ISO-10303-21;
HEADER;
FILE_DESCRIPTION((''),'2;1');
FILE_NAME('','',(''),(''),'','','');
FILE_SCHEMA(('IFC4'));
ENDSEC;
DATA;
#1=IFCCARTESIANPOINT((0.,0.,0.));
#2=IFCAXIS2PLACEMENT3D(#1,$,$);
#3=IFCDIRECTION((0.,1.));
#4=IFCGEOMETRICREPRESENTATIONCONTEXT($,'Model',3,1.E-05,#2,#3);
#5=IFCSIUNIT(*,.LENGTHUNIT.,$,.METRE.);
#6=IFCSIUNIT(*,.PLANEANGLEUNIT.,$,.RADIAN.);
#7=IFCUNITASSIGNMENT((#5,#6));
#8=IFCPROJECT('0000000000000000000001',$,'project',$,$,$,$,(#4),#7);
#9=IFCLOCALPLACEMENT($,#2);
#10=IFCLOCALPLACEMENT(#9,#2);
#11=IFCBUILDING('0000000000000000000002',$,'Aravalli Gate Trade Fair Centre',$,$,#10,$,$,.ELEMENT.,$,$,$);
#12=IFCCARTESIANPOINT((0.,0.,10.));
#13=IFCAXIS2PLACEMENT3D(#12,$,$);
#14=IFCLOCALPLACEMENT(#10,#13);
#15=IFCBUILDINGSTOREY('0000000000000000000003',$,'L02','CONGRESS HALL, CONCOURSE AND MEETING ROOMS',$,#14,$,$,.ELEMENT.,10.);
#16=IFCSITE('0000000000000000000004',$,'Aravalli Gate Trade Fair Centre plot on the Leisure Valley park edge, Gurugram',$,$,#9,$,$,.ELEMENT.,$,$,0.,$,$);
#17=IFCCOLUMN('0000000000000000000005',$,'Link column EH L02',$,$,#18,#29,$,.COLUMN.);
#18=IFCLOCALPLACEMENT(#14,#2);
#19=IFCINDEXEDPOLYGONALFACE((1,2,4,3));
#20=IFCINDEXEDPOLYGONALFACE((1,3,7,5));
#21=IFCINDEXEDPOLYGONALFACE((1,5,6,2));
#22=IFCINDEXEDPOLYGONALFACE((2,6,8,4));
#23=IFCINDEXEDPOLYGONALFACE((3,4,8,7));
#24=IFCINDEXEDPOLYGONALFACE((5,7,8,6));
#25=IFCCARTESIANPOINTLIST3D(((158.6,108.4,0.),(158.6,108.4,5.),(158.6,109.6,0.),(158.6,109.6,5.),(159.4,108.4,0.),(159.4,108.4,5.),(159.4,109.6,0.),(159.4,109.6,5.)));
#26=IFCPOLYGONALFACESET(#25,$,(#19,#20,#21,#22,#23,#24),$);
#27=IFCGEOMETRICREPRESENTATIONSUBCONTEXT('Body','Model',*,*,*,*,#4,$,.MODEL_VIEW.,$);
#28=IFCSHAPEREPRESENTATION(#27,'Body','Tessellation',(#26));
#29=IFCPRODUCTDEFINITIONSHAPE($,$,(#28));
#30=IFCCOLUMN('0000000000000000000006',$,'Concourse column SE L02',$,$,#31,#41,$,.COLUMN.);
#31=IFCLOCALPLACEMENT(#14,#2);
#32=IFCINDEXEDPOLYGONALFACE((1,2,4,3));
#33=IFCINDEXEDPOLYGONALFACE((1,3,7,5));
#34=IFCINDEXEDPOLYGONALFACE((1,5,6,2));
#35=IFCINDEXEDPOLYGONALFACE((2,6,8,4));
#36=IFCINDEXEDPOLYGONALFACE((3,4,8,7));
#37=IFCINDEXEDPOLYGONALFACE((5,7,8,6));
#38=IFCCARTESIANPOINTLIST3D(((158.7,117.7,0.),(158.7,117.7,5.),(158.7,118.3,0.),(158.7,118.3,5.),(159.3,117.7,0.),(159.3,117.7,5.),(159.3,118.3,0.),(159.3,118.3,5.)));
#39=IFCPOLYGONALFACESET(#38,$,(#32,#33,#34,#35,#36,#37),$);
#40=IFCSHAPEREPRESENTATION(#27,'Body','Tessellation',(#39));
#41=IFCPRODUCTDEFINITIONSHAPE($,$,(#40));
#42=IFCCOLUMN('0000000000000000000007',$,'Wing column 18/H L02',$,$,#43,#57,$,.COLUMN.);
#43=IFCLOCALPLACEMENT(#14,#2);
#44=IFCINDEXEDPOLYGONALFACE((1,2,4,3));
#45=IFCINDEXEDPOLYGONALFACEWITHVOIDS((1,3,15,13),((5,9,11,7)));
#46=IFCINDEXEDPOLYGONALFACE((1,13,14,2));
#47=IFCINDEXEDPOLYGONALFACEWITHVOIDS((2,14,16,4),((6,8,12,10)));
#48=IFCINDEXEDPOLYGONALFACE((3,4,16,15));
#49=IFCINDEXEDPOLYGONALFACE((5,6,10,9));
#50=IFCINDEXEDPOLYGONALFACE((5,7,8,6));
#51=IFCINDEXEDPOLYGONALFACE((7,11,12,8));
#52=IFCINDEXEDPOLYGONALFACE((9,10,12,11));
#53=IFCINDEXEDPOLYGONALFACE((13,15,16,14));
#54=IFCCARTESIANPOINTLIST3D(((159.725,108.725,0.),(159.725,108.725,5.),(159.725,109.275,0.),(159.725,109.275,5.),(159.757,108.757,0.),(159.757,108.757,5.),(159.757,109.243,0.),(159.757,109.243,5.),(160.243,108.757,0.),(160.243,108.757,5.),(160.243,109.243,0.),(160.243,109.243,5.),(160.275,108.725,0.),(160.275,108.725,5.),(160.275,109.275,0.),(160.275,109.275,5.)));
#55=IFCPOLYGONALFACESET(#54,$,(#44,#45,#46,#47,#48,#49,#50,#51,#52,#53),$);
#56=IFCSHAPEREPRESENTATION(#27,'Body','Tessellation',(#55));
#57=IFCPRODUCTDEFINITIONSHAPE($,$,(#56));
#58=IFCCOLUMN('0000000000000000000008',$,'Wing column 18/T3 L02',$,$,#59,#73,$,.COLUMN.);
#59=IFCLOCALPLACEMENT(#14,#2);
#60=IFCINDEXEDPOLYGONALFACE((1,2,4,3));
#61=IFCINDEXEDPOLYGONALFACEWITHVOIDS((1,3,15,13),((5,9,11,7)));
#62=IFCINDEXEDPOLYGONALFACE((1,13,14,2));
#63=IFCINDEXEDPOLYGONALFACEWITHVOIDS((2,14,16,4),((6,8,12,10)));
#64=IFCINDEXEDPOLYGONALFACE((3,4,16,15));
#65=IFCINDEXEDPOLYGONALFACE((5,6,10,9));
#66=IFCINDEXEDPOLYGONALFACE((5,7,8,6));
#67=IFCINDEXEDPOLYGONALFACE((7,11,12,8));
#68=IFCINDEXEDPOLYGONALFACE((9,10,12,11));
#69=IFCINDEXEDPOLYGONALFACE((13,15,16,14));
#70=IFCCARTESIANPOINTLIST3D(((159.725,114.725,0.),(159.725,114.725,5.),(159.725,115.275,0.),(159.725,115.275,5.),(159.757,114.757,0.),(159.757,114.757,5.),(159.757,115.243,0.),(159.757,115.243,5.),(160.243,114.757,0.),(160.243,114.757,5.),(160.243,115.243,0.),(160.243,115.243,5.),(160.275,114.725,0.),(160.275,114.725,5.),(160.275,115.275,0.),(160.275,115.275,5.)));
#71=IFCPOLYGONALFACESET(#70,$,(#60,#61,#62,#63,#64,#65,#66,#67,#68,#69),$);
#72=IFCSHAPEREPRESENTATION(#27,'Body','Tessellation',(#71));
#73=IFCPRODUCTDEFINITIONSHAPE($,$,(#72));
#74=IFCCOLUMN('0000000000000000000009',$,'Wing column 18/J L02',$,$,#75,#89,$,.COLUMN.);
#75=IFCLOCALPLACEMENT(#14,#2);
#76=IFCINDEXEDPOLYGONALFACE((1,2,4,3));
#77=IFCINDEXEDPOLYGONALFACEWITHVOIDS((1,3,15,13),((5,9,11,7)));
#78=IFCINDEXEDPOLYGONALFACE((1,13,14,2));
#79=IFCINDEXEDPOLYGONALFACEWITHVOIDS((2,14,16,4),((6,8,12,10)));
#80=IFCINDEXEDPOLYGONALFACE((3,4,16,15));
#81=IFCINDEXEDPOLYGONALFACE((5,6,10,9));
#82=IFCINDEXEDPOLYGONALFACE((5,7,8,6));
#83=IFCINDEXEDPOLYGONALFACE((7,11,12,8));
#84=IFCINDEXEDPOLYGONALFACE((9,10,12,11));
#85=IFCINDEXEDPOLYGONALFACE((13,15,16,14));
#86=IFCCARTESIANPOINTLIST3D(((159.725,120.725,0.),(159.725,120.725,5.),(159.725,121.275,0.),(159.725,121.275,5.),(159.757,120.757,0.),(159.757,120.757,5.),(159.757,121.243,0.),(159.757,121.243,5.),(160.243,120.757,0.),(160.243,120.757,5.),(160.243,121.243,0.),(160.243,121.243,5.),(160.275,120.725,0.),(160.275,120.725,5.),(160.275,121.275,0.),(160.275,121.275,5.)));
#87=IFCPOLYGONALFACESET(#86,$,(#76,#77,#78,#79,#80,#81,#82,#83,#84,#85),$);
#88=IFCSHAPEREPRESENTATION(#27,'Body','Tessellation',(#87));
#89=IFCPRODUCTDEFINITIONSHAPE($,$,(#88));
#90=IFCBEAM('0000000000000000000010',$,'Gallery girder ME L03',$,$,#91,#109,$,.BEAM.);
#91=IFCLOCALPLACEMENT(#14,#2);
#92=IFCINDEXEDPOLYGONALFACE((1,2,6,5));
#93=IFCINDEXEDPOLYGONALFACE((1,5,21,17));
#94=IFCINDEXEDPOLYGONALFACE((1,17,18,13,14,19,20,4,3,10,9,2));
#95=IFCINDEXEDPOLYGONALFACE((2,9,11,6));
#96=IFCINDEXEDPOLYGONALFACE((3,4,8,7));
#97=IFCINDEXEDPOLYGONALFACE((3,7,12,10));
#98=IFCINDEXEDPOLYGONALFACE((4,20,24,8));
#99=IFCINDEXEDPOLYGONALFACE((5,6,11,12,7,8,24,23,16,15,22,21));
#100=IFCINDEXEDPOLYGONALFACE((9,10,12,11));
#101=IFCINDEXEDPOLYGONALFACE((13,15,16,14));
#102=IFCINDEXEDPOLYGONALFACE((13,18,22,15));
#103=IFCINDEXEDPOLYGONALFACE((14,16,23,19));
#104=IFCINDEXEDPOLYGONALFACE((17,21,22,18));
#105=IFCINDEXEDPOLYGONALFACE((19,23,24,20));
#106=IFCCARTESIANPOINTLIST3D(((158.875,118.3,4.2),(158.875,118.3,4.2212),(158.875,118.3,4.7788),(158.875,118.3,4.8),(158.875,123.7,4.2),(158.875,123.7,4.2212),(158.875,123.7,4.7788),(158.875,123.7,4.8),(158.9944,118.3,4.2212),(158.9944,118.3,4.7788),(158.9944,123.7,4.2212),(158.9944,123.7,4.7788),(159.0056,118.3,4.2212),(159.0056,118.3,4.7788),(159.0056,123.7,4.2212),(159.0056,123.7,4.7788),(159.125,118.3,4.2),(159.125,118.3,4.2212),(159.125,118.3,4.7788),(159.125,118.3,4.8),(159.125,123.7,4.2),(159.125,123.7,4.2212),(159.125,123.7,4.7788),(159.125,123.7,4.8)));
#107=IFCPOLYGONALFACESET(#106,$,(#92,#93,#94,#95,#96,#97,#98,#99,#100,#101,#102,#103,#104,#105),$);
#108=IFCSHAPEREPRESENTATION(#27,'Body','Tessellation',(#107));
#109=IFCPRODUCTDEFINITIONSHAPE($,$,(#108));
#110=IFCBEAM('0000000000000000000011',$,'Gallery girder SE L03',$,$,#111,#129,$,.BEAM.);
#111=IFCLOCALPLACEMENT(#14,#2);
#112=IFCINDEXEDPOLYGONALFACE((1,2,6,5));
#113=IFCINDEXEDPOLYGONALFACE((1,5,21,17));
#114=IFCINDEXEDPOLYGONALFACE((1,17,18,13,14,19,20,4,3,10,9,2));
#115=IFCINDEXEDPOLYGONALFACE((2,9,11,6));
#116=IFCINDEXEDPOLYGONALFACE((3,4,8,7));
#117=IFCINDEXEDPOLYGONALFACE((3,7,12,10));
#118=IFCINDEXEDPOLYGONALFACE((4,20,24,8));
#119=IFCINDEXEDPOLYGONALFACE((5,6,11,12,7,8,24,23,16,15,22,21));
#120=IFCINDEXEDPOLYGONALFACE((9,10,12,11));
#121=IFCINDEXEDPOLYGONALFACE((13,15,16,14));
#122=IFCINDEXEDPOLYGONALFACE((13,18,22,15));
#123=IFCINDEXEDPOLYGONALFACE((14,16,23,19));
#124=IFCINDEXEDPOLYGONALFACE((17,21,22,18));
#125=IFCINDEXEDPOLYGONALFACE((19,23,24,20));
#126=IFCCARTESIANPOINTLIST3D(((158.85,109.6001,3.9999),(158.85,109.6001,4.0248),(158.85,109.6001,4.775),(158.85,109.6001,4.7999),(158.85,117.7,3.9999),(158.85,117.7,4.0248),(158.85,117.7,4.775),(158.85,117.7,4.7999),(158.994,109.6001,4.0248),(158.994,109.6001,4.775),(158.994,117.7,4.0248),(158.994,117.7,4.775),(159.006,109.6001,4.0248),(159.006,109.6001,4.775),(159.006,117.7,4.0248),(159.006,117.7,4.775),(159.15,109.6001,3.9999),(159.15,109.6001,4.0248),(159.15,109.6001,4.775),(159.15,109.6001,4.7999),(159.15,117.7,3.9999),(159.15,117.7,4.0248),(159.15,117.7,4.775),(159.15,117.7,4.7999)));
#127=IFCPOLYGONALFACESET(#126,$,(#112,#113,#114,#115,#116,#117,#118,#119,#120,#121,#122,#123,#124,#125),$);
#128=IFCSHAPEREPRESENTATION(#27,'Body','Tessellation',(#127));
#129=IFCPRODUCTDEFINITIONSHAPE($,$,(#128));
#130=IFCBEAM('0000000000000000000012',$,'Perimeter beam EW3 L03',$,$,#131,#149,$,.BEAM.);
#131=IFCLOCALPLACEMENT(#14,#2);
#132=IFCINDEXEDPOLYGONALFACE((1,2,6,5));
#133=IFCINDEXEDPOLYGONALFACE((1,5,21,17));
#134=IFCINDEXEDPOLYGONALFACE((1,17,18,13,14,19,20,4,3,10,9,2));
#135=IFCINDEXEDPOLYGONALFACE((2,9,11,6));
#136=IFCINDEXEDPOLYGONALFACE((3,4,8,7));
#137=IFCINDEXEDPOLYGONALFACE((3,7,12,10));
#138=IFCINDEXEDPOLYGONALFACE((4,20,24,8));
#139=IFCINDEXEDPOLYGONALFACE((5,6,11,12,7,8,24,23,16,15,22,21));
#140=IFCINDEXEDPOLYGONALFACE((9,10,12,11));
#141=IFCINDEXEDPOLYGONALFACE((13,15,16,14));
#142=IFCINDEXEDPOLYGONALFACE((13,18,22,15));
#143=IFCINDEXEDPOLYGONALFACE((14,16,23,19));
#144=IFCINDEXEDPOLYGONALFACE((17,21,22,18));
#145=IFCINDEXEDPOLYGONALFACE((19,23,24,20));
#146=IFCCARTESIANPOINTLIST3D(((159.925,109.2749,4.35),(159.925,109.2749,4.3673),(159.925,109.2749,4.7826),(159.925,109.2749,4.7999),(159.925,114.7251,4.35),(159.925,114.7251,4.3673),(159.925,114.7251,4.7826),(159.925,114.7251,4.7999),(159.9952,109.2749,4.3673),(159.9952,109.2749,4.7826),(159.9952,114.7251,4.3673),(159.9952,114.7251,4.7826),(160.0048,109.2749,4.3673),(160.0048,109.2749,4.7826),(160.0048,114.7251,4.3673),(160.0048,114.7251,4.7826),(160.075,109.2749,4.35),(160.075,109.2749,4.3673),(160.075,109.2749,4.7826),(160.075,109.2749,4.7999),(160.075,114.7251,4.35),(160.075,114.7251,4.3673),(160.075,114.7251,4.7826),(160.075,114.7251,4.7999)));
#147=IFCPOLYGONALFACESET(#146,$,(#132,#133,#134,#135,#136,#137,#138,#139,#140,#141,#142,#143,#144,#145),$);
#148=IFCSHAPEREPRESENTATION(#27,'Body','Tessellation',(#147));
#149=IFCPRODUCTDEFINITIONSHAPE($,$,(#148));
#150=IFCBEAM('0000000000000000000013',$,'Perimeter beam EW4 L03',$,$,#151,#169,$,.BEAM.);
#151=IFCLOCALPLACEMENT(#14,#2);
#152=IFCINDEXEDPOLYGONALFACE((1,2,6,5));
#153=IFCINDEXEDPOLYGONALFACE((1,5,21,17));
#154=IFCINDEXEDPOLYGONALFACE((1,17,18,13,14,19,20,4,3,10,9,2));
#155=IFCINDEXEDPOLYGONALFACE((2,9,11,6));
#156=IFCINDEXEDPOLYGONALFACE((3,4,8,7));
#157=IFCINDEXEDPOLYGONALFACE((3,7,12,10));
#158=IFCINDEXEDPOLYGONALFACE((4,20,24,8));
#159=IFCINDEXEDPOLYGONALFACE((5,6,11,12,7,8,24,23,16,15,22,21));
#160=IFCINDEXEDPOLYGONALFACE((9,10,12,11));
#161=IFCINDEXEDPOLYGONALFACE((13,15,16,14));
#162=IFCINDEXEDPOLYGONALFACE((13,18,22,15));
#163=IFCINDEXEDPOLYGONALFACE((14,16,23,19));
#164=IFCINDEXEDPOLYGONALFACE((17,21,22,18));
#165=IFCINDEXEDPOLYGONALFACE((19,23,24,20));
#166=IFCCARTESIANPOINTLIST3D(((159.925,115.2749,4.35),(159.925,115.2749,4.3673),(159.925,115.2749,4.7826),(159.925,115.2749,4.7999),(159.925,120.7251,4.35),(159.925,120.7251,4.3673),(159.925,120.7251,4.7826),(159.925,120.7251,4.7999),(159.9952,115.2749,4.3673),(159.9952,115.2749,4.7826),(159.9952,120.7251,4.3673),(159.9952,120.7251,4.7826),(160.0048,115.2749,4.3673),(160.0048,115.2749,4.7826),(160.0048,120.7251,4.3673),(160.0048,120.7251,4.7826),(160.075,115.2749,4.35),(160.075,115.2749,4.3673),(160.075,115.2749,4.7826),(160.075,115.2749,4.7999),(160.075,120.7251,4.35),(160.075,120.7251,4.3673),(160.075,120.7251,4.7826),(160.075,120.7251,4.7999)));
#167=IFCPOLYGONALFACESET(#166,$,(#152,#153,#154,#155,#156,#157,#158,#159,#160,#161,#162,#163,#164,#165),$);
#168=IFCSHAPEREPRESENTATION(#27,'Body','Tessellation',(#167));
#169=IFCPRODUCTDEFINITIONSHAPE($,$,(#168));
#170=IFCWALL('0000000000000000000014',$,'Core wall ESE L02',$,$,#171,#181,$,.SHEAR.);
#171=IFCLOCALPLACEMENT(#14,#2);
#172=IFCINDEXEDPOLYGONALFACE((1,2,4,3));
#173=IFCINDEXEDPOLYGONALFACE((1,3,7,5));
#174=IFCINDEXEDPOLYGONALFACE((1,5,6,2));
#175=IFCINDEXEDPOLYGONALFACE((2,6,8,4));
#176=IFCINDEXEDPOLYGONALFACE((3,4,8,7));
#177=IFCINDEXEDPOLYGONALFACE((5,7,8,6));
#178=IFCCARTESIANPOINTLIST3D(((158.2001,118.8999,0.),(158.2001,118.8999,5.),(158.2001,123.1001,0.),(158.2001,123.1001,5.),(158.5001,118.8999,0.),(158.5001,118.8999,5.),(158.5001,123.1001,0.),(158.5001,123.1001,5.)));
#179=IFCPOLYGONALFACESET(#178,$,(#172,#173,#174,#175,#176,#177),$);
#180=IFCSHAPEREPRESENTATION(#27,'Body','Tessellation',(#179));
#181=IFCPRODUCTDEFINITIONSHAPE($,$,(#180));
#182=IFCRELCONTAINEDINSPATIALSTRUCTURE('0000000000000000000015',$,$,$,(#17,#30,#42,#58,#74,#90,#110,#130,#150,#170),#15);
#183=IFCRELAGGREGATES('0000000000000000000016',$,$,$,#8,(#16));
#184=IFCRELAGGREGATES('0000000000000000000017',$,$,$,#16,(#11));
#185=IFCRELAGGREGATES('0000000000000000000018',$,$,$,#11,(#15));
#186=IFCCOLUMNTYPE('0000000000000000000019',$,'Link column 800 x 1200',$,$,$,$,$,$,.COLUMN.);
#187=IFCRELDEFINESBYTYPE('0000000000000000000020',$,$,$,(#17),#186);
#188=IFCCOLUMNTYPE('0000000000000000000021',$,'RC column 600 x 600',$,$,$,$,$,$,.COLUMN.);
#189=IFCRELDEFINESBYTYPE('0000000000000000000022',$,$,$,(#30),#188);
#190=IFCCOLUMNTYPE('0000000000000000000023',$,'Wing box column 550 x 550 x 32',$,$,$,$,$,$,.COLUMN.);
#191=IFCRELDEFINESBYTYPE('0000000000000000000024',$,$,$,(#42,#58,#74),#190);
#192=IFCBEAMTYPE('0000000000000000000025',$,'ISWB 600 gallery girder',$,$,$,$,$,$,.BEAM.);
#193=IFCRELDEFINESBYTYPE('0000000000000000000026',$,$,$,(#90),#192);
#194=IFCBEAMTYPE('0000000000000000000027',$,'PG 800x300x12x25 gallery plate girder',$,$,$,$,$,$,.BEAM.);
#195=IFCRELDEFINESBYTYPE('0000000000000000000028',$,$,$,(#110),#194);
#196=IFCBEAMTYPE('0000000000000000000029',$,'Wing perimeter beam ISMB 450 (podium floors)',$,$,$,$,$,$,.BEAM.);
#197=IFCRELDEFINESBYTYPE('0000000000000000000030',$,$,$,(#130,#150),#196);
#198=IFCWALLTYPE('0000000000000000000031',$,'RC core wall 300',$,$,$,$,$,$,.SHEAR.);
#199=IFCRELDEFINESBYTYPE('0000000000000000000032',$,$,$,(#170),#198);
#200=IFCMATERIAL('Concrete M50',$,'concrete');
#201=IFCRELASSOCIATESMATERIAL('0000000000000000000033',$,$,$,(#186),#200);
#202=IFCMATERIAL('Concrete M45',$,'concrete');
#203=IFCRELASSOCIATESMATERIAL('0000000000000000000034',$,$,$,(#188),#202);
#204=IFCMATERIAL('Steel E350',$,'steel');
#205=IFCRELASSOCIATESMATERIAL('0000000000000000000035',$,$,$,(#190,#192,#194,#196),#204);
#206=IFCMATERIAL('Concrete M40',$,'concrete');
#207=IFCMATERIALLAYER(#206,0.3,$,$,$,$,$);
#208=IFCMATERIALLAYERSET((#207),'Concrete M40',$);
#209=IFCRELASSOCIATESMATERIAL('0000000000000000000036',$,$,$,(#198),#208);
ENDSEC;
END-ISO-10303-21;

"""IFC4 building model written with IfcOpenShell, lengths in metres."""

from ifc_helpers import new_model, si_unit, direction, frame, frame_2d, origin, origin_2d, place, context, subcontext, project, spatial, rectangle, hollow_rectangle, i_section, extrude, material, layer, layer_set, material_profile, profile_set, type_object, element, save


model = new_model("IFC4")

# Units and contexts
model_context = context("Model", 3, precision=1e-05, world=origin(), true_north=direction((0.0, 1.0)))
body_context = subcontext(model_context, "Body", "Model", "MODEL_VIEW")
ifc_project = project(units=[si_unit("LENGTHUNIT", "METRE"), si_unit("PLANEANGLEUNIT", "RADIAN")], contexts=[model_context])

# Site, building, storey
site_placement = place(None, origin())
site = spatial("IfcSite", under=ifc_project, at=site_placement, Name="Aravalli Gate Trade Fair Centre plot on the Leisure Valley park edge, Gurugram", CompositionType="ELEMENT", RefElevation=0.0)
building_placement = place(site_placement, origin())
building = spatial("IfcBuilding", under=site, at=building_placement, Name="Aravalli Gate Trade Fair Centre", CompositionType="ELEMENT")
storey_placement = place(building_placement, frame((0.0, 0.0, 10.0)))
storey = spatial("IfcBuildingStorey", under=building, at=storey_placement, Name="L02", Description="CONGRESS HALL, CONCOURSE AND MEETING ROOMS", CompositionType="ELEMENT", Elevation=10.0)

# Columns
ifc_material_1 = material(Name="Concrete M50", Category="concrete")
ifc_material_profile_1 = material_profile(ifc_material_1, rectangle(XDim=0.8, YDim=1.2, at=origin_2d()), Name="Link column 800 x 1200")
ifc_profile_set_1 = profile_set([ifc_material_profile_1], Name="Concrete M50")
column_type_1 = type_object("IfcColumnType", Name="Link column 800 x 1200", PredefinedType="COLUMN", material=ifc_profile_set_1)
column_1_placement = place(storey_placement, frame((159.0, 109.0, 0.0), z_axis=(0.0, 0.0, 1.0), x_axis=(1.0, 0.0, 0.0)))
element("IfcColumn", 1, at=column_1_placement, inside=storey, type_object=column_type_1, Name="Link column EH L02", PredefinedType="COLUMN", context=body_context, shape_type="SweptSolid", body=[
    extrude(rectangle(XDim=0.8, YDim=1.2, at=origin_2d()), origin(), (0.0, 0.0, 1.0), 5.0),
])
ifc_material_2 = material(Name="Concrete M45", Category="concrete")
ifc_material_profile_2 = material_profile(ifc_material_2, rectangle(XDim=0.6001, YDim=0.6001, at=origin_2d()), Name="RC column 600 x 600")
ifc_profile_set_2 = profile_set([ifc_material_profile_2], Name="Concrete M45")
column_type_2 = type_object("IfcColumnType", Name="RC column 600 x 600", PredefinedType="COLUMN", material=ifc_profile_set_2)
column_2_placement = place(storey_placement, frame((159.0, 118.0, 0.0), z_axis=(0.0, 0.0, 1.0), x_axis=(1.0, 0.0, 0.0)))
element("IfcColumn", 2, at=column_2_placement, inside=storey, type_object=column_type_2, Name="Concourse column SE L02", PredefinedType="COLUMN", context=body_context, shape_type="SweptSolid", body=[
    extrude(rectangle(XDim=0.6001, YDim=0.6001, at=origin_2d()), origin(), (0.0, 0.0, 1.0), 5.0),
])
ifc_material_3 = material(Name="Steel E350", Category="steel")
ifc_material_profile_3 = material_profile(ifc_material_3, hollow_rectangle(XDim=0.55, YDim=0.55, WallThickness=0.032, at=origin_2d()), Name="BOX 550x550x32")
ifc_profile_set_3 = profile_set([ifc_material_profile_3], Name="Steel E350")
column_type_3 = type_object("IfcColumnType", Name="Wing box column 550 x 550 x 32", PredefinedType="COLUMN", material=ifc_profile_set_3)
for number, where, z_axis, x_axis, name in (
    (3, (160.0, 109.0, 0.0), (0.0, 0.0, 1.0), (1.0, 0.0, 0.0), "Wing column 18/H L02"),
    (4, (160.0, 115.0, 0.0), (0.0, 0.0, 1.0), (1.0, 0.0, 0.0), "Wing column 18/T3 L02"),
    (5, (160.0, 121.0, 0.0), (0.0, 0.0, 1.0), (1.0, 0.0, 0.0), "Wing column 18/J L02"),
):
    element("IfcColumn", number, at=place(storey_placement, frame(where, z_axis=z_axis, x_axis=x_axis)), inside=storey, type_object=column_type_3, Name=name, PredefinedType="COLUMN", context=body_context, shape_type="SweptSolid", body=[
        extrude(hollow_rectangle(XDim=0.55, YDim=0.55, WallThickness=0.032, at=origin_2d()), origin(), (0.0, 0.0, 1.0), 5.0),
    ])

# Beams
ifc_material_profile_4 = material_profile(ifc_material_3, i_section(OverallWidth=0.25, OverallDepth=0.6001, WebThickness=0.0112, FlangeThickness=0.0212, at=origin_2d()), Name="ISWB 600")
ifc_profile_set_4 = profile_set([ifc_material_profile_4], Name="Steel E350")
beam_type_1 = type_object("IfcBeamType", Name="ISWB 600 gallery girder", PredefinedType="BEAM", material=ifc_profile_set_4)
beam_1_placement = place(storey_placement, frame((159.0, 118.3, 4.5), z_axis=(0.0, 1.0, 0.0), x_axis=(-1.0, 0.0, 0.0)))
element("IfcBeam", 6, at=beam_1_placement, inside=storey, type_object=beam_type_1, Name="Gallery girder ME L03", PredefinedType="BEAM", context=body_context, shape_type="SweptSolid", body=[
    extrude(i_section(OverallWidth=0.25, OverallDepth=0.6001, WebThickness=0.0112, FlangeThickness=0.0212, at=origin_2d()), origin(), (0.0, 0.0, 1.0), 5.3999),
])
ifc_material_profile_5 = material_profile(ifc_material_3, i_section(OverallWidth=0.3, OverallDepth=0.8, WebThickness=0.012, FlangeThickness=0.0249, at=origin_2d()), Name="PG 800x300x12x25")
ifc_profile_set_5 = profile_set([ifc_material_profile_5], Name="Steel E350")
beam_type_2 = type_object("IfcBeamType", Name="PG 800x300x12x25 gallery plate girder", PredefinedType="BEAM", material=ifc_profile_set_5)
beam_2_placement = place(storey_placement, frame((159.0, 109.6001, 4.3999), z_axis=(0.0, 1.0, 0.0), x_axis=(-1.0, 0.0, 0.0)))
element("IfcBeam", 7, at=beam_2_placement, inside=storey, type_object=beam_type_2, Name="Gallery girder SE L03", PredefinedType="BEAM", context=body_context, shape_type="SweptSolid", body=[
    extrude(i_section(OverallWidth=0.3, OverallDepth=0.8, WebThickness=0.012, FlangeThickness=0.0249, at=origin_2d()), origin(), (0.0, 0.0, 1.0), 8.0999),
])
ifc_material_profile_6 = material_profile(ifc_material_3, i_section(OverallWidth=0.1499, OverallDepth=0.45, WebThickness=0.0095, FlangeThickness=0.0173, at=origin_2d()), Name="ISMB 450")
ifc_profile_set_6 = profile_set([ifc_material_profile_6], Name="Steel E350")
beam_type_3 = type_object("IfcBeamType", Name="Wing perimeter beam ISMB 450 (podium floors)", PredefinedType="BEAM", material=ifc_profile_set_6)
for number, where, z_axis, x_axis, name in (
    (8, (160.0, 109.2749, 4.575), (0.0, 1.0, 0.0), (-1.0, 0.0, 0.0), "Perimeter beam EW3 L03"),
    (9, (160.0, 115.2749, 4.575), (0.0, 1.0, 0.0), (-1.0, 0.0, 0.0), "Perimeter beam EW4 L03"),
):
    element("IfcBeam", number, at=place(storey_placement, frame(where, z_axis=z_axis, x_axis=x_axis)), inside=storey, type_object=beam_type_3, Name=name, PredefinedType="BEAM", context=body_context, shape_type="SweptSolid", body=[
        extrude(i_section(OverallWidth=0.1499, OverallDepth=0.45, WebThickness=0.0095, FlangeThickness=0.0173, at=origin_2d()), origin(), (0.0, 0.0, 1.0), 5.4502),
    ])

# Wall
ifc_material_4 = material(Name="Concrete M40", Category="concrete")
ifc_layer_1 = layer(ifc_material_4, 0.3)
ifc_layer_set_1 = layer_set([ifc_layer_1], Name="Concrete M40")
wall_type_1 = type_object("IfcWallType", Name="RC core wall 300", PredefinedType="SHEAR", material=ifc_layer_set_1)
wall_1_placement = place(storey_placement, frame((158.3501, 118.8999, 0.0), z_axis=(0.0, 0.0, 1.0), x_axis=(0.0, 1.0, 0.0)))
element("IfcWall", 10, at=wall_1_placement, inside=storey, type_object=wall_type_1, Name="Core wall ESE L02", PredefinedType="SHEAR", context=body_context, shape_type="SweptSolid", body=[
    extrude(rectangle(XDim=4.2002, YDim=0.3, at=frame_2d((2.1001, 0.0))), origin(), (0.0, 0.0, 1.0), 5.0),
])

save(model, "model.ifc")
